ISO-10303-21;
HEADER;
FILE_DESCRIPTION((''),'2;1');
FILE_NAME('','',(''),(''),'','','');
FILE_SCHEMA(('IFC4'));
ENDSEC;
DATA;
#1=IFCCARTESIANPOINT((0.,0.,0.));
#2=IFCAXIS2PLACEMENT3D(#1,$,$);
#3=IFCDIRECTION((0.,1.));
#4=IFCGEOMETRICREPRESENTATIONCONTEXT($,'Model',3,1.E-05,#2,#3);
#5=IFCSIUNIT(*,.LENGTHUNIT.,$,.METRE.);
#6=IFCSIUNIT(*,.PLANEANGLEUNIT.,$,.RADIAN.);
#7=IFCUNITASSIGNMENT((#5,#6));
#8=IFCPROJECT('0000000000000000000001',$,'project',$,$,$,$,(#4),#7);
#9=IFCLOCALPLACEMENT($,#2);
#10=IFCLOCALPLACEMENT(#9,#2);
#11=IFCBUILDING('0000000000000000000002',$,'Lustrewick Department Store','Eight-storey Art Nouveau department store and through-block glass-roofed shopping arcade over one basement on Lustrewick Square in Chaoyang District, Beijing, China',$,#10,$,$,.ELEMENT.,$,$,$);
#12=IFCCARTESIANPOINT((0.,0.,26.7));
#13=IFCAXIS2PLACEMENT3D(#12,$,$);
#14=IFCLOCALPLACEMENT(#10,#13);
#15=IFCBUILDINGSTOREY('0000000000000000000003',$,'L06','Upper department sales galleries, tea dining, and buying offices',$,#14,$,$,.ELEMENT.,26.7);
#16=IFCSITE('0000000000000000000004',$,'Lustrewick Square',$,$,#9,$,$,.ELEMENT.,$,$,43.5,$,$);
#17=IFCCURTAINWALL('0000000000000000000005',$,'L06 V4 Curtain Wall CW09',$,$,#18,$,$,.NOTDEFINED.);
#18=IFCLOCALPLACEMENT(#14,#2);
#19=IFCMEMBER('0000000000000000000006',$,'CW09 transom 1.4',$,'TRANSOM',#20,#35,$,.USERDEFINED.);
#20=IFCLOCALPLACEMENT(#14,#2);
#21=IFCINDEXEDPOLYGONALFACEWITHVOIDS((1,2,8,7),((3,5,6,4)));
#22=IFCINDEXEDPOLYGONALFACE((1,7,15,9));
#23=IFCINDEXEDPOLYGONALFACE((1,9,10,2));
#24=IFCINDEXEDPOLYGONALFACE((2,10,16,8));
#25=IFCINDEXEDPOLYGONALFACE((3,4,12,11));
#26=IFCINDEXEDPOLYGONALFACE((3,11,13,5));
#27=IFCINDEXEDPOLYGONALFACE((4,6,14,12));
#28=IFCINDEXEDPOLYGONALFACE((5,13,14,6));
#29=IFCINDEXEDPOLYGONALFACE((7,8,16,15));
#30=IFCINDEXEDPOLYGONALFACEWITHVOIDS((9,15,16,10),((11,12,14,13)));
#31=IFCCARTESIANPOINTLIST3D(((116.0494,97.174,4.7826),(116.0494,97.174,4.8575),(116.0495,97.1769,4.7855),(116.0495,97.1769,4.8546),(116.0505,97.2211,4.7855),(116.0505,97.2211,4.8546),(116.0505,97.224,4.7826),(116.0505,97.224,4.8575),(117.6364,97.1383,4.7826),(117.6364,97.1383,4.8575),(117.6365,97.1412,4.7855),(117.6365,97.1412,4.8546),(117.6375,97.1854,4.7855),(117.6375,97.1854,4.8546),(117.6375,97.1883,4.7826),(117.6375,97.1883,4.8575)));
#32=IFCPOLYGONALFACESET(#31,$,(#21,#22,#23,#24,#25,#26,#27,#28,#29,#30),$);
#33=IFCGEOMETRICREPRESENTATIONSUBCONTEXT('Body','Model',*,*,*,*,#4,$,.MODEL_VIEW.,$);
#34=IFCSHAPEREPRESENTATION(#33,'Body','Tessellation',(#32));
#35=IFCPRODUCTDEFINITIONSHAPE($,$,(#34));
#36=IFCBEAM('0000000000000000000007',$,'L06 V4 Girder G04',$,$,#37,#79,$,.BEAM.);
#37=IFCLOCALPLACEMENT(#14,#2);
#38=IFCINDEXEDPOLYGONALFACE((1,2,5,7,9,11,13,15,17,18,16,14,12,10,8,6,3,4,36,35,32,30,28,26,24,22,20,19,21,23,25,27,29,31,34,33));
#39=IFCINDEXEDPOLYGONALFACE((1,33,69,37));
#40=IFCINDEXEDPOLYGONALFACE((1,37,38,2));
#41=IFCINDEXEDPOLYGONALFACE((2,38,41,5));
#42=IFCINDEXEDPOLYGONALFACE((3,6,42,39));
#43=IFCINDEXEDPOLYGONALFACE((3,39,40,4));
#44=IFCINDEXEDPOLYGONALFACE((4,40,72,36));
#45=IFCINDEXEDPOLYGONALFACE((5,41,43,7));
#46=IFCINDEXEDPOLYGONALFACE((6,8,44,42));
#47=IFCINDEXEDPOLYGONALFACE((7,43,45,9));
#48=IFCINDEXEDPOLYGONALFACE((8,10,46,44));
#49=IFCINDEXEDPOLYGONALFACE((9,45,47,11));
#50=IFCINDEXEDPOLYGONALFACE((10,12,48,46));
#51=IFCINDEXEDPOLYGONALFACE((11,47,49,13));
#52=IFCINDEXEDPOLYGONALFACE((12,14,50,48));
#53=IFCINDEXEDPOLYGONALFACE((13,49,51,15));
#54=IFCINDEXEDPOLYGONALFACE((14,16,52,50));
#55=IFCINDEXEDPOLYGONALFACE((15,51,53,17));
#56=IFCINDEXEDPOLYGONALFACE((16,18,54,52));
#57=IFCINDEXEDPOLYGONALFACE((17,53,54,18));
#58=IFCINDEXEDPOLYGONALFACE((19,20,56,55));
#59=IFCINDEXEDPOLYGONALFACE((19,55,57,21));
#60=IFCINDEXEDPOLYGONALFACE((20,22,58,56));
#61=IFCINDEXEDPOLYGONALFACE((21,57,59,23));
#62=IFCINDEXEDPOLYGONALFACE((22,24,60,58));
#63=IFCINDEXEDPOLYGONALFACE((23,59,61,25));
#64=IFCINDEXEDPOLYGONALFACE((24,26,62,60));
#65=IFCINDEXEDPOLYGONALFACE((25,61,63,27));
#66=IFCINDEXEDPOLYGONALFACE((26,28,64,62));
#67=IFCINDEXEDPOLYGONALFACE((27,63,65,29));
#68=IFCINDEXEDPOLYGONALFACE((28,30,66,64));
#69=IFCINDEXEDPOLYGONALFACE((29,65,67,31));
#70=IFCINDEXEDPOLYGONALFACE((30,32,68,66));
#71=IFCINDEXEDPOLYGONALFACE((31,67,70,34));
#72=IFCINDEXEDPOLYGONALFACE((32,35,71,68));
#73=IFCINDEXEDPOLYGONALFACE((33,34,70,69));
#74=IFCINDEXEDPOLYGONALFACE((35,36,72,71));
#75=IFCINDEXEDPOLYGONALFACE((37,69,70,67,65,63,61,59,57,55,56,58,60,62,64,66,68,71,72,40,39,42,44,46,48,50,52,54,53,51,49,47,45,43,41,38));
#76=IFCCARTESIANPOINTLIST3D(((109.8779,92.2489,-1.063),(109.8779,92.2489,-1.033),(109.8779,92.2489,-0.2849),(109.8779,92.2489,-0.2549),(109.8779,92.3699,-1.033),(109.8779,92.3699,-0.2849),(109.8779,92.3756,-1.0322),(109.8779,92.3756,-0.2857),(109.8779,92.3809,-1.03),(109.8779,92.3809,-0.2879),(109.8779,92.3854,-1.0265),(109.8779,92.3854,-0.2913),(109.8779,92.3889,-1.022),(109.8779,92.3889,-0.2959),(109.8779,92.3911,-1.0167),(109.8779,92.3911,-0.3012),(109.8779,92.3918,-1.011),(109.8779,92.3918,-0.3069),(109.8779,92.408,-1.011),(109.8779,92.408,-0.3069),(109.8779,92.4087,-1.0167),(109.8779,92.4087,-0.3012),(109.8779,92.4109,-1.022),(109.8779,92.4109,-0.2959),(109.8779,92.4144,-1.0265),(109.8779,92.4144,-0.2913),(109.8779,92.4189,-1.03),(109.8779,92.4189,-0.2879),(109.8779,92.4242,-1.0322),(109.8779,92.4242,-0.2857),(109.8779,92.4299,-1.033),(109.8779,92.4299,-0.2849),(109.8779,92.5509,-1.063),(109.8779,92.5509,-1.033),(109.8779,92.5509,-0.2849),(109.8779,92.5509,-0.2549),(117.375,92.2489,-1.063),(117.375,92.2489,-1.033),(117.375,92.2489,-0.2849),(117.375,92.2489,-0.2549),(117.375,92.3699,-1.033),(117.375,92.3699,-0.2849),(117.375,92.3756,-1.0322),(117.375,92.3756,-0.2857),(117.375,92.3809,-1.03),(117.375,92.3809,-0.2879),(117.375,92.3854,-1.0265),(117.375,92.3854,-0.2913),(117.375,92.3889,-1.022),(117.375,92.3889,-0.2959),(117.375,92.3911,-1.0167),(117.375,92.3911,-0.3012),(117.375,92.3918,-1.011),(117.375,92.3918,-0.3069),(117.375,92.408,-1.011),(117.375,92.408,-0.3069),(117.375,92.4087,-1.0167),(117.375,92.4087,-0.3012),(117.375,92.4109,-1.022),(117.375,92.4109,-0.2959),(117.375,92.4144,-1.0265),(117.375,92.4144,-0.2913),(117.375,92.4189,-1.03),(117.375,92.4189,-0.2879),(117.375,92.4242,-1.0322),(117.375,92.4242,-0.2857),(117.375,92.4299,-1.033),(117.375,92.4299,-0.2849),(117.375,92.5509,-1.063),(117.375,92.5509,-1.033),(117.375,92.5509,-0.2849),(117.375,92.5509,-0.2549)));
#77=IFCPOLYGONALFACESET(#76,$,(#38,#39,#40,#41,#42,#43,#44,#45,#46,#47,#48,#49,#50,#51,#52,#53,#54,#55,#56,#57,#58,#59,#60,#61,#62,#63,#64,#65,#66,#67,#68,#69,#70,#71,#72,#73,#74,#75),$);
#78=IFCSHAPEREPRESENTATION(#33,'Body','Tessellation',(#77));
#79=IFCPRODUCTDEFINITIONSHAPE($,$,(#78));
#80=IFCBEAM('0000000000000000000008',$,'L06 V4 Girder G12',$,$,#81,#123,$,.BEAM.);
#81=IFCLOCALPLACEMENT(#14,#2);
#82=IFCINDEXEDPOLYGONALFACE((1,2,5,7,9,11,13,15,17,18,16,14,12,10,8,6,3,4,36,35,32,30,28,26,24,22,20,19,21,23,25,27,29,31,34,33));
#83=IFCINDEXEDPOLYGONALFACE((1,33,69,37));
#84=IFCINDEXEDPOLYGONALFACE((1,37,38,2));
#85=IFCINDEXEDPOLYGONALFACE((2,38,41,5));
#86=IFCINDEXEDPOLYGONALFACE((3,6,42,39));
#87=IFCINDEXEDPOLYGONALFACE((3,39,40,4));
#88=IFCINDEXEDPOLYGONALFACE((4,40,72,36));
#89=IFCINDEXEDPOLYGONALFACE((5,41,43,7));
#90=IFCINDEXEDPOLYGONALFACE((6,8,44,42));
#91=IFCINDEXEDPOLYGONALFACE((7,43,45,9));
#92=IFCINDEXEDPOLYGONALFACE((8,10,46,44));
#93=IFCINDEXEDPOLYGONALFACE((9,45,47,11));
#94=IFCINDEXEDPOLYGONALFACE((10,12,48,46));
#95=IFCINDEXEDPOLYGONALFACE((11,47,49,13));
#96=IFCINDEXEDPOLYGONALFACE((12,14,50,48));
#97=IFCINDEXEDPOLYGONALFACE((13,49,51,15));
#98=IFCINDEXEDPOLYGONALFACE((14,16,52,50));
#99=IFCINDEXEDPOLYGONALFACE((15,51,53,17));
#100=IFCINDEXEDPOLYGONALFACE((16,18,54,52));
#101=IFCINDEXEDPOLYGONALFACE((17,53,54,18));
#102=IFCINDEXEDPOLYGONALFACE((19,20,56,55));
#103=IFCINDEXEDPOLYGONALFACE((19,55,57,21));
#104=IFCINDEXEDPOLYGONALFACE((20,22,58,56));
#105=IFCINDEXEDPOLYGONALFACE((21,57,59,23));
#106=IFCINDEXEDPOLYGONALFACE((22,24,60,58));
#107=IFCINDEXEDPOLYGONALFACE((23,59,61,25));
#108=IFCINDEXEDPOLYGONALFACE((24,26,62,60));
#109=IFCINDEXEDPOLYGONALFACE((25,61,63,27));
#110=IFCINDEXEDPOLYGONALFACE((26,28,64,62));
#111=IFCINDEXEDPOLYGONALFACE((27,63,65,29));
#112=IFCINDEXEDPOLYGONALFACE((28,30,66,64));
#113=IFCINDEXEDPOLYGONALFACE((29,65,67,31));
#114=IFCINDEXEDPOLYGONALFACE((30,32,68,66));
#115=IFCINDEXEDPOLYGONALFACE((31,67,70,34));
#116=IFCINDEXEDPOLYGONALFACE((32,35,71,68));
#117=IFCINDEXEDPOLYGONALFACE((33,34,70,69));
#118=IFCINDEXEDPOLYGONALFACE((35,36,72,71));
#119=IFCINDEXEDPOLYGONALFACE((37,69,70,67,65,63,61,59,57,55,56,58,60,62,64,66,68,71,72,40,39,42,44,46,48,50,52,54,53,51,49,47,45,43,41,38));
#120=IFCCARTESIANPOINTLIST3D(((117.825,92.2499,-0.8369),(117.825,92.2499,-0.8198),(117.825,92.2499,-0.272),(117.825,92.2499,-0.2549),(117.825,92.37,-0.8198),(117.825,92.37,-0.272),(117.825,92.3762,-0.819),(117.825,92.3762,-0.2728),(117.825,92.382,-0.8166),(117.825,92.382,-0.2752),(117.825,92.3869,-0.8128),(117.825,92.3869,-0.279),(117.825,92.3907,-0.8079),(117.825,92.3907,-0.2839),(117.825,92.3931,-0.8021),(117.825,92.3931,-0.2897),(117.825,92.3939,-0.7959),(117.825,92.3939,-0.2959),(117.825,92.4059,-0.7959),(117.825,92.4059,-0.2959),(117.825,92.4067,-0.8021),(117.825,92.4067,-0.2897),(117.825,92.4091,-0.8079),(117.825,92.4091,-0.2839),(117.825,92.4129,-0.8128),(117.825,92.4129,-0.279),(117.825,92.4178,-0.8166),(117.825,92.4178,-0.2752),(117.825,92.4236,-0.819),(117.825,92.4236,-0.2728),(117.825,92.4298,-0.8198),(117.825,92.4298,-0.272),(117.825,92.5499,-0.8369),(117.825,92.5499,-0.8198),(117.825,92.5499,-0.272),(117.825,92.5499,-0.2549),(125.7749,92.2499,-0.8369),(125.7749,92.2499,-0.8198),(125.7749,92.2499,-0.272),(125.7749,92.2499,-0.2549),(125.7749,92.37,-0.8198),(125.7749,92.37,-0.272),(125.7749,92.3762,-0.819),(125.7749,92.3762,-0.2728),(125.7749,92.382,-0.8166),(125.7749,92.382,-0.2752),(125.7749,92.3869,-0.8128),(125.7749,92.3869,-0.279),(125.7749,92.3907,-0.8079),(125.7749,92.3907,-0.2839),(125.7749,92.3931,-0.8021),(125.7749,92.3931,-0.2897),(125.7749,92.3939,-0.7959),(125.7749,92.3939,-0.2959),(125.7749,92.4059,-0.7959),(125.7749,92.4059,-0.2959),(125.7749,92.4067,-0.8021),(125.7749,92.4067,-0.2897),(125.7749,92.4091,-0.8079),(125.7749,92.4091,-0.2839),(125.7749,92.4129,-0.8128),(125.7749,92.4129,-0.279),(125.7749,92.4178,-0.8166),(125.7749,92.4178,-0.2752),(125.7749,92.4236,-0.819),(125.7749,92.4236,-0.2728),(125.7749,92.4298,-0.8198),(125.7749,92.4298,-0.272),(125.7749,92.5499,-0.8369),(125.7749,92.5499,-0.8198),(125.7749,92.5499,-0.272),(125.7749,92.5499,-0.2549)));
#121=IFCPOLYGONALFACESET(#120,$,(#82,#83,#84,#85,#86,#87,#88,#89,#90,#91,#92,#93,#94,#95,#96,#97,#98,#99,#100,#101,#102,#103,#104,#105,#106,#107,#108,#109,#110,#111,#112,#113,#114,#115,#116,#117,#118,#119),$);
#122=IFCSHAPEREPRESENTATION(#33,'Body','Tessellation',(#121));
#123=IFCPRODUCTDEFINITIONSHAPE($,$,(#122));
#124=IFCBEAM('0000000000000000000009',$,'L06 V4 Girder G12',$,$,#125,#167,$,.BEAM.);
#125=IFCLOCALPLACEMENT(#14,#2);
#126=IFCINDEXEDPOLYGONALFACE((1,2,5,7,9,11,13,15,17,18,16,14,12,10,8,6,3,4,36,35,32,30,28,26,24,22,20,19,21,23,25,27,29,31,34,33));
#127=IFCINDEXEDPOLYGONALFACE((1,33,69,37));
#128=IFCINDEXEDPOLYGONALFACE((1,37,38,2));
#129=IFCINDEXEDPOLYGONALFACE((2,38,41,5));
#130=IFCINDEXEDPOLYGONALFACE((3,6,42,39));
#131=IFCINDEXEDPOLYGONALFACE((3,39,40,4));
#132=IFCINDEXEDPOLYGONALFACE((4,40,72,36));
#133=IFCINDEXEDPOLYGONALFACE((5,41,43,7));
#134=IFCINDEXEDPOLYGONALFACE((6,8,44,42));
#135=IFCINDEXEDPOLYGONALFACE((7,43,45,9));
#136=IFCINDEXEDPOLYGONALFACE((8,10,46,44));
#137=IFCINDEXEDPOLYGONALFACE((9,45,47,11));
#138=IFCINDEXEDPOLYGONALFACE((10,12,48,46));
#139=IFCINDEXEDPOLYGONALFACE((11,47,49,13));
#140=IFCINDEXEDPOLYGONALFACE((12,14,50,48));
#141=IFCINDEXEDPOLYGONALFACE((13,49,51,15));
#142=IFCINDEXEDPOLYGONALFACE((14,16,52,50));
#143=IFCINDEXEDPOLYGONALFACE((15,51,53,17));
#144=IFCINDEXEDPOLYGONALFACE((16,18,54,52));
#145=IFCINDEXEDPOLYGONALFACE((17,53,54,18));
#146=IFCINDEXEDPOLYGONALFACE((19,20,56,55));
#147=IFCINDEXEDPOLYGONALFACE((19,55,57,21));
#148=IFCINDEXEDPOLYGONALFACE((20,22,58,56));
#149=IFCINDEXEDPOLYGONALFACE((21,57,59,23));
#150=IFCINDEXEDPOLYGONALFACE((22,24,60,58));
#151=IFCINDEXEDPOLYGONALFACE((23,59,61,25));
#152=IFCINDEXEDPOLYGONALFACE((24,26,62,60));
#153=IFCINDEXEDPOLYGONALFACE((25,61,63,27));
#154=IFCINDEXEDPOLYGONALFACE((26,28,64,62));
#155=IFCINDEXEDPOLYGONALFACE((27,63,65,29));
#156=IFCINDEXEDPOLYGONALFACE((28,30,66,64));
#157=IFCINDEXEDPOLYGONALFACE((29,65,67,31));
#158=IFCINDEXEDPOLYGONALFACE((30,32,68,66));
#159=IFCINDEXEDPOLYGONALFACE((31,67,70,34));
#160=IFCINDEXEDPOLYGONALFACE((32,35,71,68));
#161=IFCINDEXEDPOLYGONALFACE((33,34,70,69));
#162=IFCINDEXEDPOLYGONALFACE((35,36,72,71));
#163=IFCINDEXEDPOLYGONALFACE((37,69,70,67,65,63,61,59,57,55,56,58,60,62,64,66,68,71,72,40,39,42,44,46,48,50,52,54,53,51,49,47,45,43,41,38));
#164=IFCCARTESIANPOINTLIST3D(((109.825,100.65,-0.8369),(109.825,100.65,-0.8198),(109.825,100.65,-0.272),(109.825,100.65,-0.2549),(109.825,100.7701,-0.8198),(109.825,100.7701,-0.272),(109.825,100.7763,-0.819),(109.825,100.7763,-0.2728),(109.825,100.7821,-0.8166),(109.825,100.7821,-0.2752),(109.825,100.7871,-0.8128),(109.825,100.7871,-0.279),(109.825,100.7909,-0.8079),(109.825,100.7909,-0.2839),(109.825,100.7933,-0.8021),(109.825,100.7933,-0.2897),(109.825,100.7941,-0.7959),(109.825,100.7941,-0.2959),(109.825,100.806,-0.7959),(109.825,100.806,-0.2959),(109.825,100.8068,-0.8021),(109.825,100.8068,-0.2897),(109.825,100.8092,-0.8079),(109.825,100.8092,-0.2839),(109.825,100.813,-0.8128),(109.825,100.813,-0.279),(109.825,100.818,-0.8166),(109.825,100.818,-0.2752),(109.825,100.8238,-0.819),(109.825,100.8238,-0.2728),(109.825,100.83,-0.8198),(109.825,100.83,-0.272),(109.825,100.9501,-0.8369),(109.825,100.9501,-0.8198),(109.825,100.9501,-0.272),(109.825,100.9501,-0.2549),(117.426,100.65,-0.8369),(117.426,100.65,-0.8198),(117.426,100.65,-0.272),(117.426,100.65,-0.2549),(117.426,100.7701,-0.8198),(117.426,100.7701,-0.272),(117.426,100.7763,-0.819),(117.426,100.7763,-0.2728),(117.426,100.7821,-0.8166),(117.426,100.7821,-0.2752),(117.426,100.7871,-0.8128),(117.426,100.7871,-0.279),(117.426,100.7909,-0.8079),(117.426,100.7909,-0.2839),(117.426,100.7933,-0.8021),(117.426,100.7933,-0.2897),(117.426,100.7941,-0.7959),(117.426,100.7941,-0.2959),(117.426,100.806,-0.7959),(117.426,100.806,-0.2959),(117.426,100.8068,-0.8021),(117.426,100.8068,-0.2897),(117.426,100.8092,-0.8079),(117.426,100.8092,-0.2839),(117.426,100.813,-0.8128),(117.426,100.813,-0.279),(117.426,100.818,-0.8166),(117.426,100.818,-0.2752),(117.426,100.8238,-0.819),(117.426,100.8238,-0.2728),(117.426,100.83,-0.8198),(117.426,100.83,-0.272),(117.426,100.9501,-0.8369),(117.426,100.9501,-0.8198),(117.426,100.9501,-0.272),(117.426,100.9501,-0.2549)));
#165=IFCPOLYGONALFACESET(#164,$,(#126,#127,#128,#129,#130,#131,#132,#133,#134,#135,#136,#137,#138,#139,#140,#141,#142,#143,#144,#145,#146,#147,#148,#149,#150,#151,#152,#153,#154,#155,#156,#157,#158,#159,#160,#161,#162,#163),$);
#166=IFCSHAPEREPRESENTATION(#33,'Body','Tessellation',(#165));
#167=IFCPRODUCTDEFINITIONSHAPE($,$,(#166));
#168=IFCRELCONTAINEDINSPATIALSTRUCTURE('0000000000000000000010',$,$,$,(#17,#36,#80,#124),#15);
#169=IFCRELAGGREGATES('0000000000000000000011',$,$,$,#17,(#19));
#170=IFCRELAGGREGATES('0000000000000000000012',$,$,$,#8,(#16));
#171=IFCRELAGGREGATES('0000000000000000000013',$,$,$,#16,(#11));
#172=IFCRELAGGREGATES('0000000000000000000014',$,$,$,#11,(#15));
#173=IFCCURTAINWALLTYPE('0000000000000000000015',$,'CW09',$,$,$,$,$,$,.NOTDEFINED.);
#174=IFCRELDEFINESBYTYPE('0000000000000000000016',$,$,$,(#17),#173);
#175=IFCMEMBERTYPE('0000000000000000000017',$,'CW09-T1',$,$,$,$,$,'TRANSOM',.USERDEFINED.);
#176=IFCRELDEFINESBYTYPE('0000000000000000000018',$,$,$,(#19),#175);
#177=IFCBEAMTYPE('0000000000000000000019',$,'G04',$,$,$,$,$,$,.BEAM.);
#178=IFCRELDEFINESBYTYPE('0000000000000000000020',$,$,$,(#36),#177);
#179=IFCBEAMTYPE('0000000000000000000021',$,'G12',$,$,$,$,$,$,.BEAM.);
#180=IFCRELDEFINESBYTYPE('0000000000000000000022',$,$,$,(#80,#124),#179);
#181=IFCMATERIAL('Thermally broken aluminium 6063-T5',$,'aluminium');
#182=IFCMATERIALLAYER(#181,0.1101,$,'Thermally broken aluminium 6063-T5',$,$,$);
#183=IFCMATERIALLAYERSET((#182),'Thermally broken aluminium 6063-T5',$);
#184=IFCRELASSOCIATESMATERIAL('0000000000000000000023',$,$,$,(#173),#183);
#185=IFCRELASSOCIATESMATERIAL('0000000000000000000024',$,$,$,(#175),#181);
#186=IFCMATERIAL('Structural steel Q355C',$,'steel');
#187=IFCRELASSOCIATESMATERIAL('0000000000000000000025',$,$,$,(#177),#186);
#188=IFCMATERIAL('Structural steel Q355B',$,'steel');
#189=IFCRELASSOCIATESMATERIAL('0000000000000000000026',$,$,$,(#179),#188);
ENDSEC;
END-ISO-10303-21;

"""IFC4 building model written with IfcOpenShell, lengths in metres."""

from ifc_helpers import new_model, si_unit, direction, frame, origin, origin_2d, place, context, subcontext, project, spatial, hollow_rectangle, i_section, extrude, material, layer, layer_set, material_profile, profile_set, type_object, element, aggregate, save


model = new_model("IFC4")

# Units and contexts
model_context = context("Model", 3, precision=1e-05, world=origin(), true_north=direction((0.0, 1.0)))
body_context = subcontext(model_context, "Body", "Model", "MODEL_VIEW")
ifc_project = project(units=[si_unit("LENGTHUNIT", "METRE"), si_unit("PLANEANGLEUNIT", "RADIAN")], contexts=[model_context])

# Site, building, storey
site_placement = place(None, origin())
site = spatial("IfcSite", under=ifc_project, at=site_placement, Name="Lustrewick Square", CompositionType="ELEMENT", RefElevation=43.5)
building_placement = place(site_placement, origin())
building = spatial("IfcBuilding", under=site, at=building_placement, Name="Lustrewick Department Store", Description="Eight-storey Art Nouveau department store and through-block glass-roofed shopping arcade over one basement on Lustrewick Square in Chaoyang District, Beijing, China", CompositionType="ELEMENT")
storey_placement = place(building_placement, frame((0.0, 0.0, 26.7)))
storey = spatial("IfcBuildingStorey", under=building, at=storey_placement, Name="L06", Description="Upper department sales galleries, tea dining, and buying offices", CompositionType="ELEMENT", Elevation=26.7)

# Shared definitions
ifc_material_1 = material(Name="Structural steel Q355B", Category="steel")

# Curtain wall, member
ifc_material_2 = material(Name="Thermally broken aluminium 6063-T5", Category="aluminium")
ifc_layer_1 = layer(ifc_material_2, 0.1101, Name="Thermally broken aluminium 6063-T5")
ifc_layer_set_1 = layer_set([ifc_layer_1], Name="Thermally broken aluminium 6063-T5")
curtain_wall_type = type_object("IfcCurtainWallType", Name="CW09", PredefinedType="NOTDEFINED", material=ifc_layer_set_1)
curtain_wall_placement = place(storey_placement, origin())
curtain_wall = element("IfcCurtainWall", 1, at=curtain_wall_placement, inside=storey, type_object=curtain_wall_type, Name="L06 V4 Curtain Wall CW09", PredefinedType="NOTDEFINED")
ifc_material_profile_1 = material_profile(ifc_material_2, hollow_rectangle(XDim=0.05, YDim=0.075, WallThickness=0.0029, at=origin_2d()), Name="ALU-T 50x75x3")
ifc_profile_set_1 = profile_set([ifc_material_profile_1], Name="Thermally broken aluminium 6063-T5")
member_type_1 = type_object("IfcMemberType", Name="CW09-T1", ElementType="TRANSOM", PredefinedType="USERDEFINED", material=ifc_profile_set_1)
member_1_placement = place(storey_placement, frame((117.637, 97.1633, 4.8201), z_axis=(-0.999748, 0.022456, 0.0), x_axis=(-0.022456, -0.999748, 0.0)))
member_1 = element("IfcMember", 2, at=member_1_placement, type_object=member_type_1, Name="CW09 transom 1.4", ObjectType="TRANSOM", PredefinedType="USERDEFINED", context=body_context, shape_type="SweptSolid", body=[
    extrude(hollow_rectangle(XDim=0.05, YDim=0.075, WallThickness=0.0029, at=origin_2d()), origin(), (0.0, 0.0, 1.0), 1.5874),
])

# Beams
ifc_material_3 = material(Name="Structural steel Q355C", Category="steel")
ifc_material_profile_2 = material_profile(ifc_material_3, i_section(OverallWidth=0.302, OverallDepth=0.8081, WebThickness=0.0161, FlangeThickness=0.03, FilletRadius=0.022, at=origin_2d()), Name="HN 808x302x16x30")
ifc_profile_set_2 = profile_set([ifc_material_profile_2], Name="Structural steel Q355C")
beam_type_1 = type_object("IfcBeamType", Name="G04", PredefinedType="BEAM", material=ifc_profile_set_2)
beam_1_placement = place(storey_placement, frame((109.8779, 92.3999, -0.6589), z_axis=(1.0, 0.0, 0.0), x_axis=(0.0, 1.0, 0.0)))
element("IfcBeam", 3, at=beam_1_placement, inside=storey, type_object=beam_type_1, Name="L06 V4 Girder G04", PredefinedType="BEAM", context=body_context, shape_type="SweptSolid", body=[
    extrude(i_section(OverallWidth=0.302, OverallDepth=0.8081, WebThickness=0.0161, FlangeThickness=0.03, FilletRadius=0.022, at=origin_2d()), origin(), (0.0, 0.0, 1.0), 7.4971),
])
ifc_material_profile_3 = material_profile(ifc_material_1, i_section(OverallWidth=0.3, OverallDepth=0.582, WebThickness=0.012, FlangeThickness=0.0171, FilletRadius=0.0239, at=origin_2d()), Name="HM 582x300x12x17")
ifc_profile_set_3 = profile_set([ifc_material_profile_3], Name="Structural steel Q355B")
beam_type_2 = type_object("IfcBeamType", Name="G12", PredefinedType="BEAM", material=ifc_profile_set_3)
beam_2_placement = place(storey_placement, frame((117.825, 92.3999, -0.5459), z_axis=(1.0, 0.0, 0.0), x_axis=(0.0, 1.0, 0.0)))
element("IfcBeam", 4, at=beam_2_placement, inside=storey, type_object=beam_type_2, Name="L06 V4 Girder G12", PredefinedType="BEAM", context=body_context, shape_type="SweptSolid", body=[
    extrude(i_section(OverallWidth=0.3, OverallDepth=0.582, WebThickness=0.012, FlangeThickness=0.0171, FilletRadius=0.0239, at=origin_2d()), origin(), (0.0, 0.0, 1.0), 7.95),
])
beam_3_placement = place(storey_placement, frame((109.825, 100.8, -0.5459), z_axis=(1.0, 0.0, 0.0), x_axis=(0.0, 1.0, 0.0)))
element("IfcBeam", 5, at=beam_3_placement, inside=storey, type_object=beam_type_2, Name="L06 V4 Girder G12", PredefinedType="BEAM", context=body_context, shape_type="SweptSolid", body=[
    extrude(i_section(OverallWidth=0.3, OverallDepth=0.582, WebThickness=0.012, FlangeThickness=0.0171, FilletRadius=0.0239, at=origin_2d()), origin(), (0.0, 0.0, 1.0), 7.6011),
])

aggregate(curtain_wall, [member_1])

save(model, "model.ifc")
